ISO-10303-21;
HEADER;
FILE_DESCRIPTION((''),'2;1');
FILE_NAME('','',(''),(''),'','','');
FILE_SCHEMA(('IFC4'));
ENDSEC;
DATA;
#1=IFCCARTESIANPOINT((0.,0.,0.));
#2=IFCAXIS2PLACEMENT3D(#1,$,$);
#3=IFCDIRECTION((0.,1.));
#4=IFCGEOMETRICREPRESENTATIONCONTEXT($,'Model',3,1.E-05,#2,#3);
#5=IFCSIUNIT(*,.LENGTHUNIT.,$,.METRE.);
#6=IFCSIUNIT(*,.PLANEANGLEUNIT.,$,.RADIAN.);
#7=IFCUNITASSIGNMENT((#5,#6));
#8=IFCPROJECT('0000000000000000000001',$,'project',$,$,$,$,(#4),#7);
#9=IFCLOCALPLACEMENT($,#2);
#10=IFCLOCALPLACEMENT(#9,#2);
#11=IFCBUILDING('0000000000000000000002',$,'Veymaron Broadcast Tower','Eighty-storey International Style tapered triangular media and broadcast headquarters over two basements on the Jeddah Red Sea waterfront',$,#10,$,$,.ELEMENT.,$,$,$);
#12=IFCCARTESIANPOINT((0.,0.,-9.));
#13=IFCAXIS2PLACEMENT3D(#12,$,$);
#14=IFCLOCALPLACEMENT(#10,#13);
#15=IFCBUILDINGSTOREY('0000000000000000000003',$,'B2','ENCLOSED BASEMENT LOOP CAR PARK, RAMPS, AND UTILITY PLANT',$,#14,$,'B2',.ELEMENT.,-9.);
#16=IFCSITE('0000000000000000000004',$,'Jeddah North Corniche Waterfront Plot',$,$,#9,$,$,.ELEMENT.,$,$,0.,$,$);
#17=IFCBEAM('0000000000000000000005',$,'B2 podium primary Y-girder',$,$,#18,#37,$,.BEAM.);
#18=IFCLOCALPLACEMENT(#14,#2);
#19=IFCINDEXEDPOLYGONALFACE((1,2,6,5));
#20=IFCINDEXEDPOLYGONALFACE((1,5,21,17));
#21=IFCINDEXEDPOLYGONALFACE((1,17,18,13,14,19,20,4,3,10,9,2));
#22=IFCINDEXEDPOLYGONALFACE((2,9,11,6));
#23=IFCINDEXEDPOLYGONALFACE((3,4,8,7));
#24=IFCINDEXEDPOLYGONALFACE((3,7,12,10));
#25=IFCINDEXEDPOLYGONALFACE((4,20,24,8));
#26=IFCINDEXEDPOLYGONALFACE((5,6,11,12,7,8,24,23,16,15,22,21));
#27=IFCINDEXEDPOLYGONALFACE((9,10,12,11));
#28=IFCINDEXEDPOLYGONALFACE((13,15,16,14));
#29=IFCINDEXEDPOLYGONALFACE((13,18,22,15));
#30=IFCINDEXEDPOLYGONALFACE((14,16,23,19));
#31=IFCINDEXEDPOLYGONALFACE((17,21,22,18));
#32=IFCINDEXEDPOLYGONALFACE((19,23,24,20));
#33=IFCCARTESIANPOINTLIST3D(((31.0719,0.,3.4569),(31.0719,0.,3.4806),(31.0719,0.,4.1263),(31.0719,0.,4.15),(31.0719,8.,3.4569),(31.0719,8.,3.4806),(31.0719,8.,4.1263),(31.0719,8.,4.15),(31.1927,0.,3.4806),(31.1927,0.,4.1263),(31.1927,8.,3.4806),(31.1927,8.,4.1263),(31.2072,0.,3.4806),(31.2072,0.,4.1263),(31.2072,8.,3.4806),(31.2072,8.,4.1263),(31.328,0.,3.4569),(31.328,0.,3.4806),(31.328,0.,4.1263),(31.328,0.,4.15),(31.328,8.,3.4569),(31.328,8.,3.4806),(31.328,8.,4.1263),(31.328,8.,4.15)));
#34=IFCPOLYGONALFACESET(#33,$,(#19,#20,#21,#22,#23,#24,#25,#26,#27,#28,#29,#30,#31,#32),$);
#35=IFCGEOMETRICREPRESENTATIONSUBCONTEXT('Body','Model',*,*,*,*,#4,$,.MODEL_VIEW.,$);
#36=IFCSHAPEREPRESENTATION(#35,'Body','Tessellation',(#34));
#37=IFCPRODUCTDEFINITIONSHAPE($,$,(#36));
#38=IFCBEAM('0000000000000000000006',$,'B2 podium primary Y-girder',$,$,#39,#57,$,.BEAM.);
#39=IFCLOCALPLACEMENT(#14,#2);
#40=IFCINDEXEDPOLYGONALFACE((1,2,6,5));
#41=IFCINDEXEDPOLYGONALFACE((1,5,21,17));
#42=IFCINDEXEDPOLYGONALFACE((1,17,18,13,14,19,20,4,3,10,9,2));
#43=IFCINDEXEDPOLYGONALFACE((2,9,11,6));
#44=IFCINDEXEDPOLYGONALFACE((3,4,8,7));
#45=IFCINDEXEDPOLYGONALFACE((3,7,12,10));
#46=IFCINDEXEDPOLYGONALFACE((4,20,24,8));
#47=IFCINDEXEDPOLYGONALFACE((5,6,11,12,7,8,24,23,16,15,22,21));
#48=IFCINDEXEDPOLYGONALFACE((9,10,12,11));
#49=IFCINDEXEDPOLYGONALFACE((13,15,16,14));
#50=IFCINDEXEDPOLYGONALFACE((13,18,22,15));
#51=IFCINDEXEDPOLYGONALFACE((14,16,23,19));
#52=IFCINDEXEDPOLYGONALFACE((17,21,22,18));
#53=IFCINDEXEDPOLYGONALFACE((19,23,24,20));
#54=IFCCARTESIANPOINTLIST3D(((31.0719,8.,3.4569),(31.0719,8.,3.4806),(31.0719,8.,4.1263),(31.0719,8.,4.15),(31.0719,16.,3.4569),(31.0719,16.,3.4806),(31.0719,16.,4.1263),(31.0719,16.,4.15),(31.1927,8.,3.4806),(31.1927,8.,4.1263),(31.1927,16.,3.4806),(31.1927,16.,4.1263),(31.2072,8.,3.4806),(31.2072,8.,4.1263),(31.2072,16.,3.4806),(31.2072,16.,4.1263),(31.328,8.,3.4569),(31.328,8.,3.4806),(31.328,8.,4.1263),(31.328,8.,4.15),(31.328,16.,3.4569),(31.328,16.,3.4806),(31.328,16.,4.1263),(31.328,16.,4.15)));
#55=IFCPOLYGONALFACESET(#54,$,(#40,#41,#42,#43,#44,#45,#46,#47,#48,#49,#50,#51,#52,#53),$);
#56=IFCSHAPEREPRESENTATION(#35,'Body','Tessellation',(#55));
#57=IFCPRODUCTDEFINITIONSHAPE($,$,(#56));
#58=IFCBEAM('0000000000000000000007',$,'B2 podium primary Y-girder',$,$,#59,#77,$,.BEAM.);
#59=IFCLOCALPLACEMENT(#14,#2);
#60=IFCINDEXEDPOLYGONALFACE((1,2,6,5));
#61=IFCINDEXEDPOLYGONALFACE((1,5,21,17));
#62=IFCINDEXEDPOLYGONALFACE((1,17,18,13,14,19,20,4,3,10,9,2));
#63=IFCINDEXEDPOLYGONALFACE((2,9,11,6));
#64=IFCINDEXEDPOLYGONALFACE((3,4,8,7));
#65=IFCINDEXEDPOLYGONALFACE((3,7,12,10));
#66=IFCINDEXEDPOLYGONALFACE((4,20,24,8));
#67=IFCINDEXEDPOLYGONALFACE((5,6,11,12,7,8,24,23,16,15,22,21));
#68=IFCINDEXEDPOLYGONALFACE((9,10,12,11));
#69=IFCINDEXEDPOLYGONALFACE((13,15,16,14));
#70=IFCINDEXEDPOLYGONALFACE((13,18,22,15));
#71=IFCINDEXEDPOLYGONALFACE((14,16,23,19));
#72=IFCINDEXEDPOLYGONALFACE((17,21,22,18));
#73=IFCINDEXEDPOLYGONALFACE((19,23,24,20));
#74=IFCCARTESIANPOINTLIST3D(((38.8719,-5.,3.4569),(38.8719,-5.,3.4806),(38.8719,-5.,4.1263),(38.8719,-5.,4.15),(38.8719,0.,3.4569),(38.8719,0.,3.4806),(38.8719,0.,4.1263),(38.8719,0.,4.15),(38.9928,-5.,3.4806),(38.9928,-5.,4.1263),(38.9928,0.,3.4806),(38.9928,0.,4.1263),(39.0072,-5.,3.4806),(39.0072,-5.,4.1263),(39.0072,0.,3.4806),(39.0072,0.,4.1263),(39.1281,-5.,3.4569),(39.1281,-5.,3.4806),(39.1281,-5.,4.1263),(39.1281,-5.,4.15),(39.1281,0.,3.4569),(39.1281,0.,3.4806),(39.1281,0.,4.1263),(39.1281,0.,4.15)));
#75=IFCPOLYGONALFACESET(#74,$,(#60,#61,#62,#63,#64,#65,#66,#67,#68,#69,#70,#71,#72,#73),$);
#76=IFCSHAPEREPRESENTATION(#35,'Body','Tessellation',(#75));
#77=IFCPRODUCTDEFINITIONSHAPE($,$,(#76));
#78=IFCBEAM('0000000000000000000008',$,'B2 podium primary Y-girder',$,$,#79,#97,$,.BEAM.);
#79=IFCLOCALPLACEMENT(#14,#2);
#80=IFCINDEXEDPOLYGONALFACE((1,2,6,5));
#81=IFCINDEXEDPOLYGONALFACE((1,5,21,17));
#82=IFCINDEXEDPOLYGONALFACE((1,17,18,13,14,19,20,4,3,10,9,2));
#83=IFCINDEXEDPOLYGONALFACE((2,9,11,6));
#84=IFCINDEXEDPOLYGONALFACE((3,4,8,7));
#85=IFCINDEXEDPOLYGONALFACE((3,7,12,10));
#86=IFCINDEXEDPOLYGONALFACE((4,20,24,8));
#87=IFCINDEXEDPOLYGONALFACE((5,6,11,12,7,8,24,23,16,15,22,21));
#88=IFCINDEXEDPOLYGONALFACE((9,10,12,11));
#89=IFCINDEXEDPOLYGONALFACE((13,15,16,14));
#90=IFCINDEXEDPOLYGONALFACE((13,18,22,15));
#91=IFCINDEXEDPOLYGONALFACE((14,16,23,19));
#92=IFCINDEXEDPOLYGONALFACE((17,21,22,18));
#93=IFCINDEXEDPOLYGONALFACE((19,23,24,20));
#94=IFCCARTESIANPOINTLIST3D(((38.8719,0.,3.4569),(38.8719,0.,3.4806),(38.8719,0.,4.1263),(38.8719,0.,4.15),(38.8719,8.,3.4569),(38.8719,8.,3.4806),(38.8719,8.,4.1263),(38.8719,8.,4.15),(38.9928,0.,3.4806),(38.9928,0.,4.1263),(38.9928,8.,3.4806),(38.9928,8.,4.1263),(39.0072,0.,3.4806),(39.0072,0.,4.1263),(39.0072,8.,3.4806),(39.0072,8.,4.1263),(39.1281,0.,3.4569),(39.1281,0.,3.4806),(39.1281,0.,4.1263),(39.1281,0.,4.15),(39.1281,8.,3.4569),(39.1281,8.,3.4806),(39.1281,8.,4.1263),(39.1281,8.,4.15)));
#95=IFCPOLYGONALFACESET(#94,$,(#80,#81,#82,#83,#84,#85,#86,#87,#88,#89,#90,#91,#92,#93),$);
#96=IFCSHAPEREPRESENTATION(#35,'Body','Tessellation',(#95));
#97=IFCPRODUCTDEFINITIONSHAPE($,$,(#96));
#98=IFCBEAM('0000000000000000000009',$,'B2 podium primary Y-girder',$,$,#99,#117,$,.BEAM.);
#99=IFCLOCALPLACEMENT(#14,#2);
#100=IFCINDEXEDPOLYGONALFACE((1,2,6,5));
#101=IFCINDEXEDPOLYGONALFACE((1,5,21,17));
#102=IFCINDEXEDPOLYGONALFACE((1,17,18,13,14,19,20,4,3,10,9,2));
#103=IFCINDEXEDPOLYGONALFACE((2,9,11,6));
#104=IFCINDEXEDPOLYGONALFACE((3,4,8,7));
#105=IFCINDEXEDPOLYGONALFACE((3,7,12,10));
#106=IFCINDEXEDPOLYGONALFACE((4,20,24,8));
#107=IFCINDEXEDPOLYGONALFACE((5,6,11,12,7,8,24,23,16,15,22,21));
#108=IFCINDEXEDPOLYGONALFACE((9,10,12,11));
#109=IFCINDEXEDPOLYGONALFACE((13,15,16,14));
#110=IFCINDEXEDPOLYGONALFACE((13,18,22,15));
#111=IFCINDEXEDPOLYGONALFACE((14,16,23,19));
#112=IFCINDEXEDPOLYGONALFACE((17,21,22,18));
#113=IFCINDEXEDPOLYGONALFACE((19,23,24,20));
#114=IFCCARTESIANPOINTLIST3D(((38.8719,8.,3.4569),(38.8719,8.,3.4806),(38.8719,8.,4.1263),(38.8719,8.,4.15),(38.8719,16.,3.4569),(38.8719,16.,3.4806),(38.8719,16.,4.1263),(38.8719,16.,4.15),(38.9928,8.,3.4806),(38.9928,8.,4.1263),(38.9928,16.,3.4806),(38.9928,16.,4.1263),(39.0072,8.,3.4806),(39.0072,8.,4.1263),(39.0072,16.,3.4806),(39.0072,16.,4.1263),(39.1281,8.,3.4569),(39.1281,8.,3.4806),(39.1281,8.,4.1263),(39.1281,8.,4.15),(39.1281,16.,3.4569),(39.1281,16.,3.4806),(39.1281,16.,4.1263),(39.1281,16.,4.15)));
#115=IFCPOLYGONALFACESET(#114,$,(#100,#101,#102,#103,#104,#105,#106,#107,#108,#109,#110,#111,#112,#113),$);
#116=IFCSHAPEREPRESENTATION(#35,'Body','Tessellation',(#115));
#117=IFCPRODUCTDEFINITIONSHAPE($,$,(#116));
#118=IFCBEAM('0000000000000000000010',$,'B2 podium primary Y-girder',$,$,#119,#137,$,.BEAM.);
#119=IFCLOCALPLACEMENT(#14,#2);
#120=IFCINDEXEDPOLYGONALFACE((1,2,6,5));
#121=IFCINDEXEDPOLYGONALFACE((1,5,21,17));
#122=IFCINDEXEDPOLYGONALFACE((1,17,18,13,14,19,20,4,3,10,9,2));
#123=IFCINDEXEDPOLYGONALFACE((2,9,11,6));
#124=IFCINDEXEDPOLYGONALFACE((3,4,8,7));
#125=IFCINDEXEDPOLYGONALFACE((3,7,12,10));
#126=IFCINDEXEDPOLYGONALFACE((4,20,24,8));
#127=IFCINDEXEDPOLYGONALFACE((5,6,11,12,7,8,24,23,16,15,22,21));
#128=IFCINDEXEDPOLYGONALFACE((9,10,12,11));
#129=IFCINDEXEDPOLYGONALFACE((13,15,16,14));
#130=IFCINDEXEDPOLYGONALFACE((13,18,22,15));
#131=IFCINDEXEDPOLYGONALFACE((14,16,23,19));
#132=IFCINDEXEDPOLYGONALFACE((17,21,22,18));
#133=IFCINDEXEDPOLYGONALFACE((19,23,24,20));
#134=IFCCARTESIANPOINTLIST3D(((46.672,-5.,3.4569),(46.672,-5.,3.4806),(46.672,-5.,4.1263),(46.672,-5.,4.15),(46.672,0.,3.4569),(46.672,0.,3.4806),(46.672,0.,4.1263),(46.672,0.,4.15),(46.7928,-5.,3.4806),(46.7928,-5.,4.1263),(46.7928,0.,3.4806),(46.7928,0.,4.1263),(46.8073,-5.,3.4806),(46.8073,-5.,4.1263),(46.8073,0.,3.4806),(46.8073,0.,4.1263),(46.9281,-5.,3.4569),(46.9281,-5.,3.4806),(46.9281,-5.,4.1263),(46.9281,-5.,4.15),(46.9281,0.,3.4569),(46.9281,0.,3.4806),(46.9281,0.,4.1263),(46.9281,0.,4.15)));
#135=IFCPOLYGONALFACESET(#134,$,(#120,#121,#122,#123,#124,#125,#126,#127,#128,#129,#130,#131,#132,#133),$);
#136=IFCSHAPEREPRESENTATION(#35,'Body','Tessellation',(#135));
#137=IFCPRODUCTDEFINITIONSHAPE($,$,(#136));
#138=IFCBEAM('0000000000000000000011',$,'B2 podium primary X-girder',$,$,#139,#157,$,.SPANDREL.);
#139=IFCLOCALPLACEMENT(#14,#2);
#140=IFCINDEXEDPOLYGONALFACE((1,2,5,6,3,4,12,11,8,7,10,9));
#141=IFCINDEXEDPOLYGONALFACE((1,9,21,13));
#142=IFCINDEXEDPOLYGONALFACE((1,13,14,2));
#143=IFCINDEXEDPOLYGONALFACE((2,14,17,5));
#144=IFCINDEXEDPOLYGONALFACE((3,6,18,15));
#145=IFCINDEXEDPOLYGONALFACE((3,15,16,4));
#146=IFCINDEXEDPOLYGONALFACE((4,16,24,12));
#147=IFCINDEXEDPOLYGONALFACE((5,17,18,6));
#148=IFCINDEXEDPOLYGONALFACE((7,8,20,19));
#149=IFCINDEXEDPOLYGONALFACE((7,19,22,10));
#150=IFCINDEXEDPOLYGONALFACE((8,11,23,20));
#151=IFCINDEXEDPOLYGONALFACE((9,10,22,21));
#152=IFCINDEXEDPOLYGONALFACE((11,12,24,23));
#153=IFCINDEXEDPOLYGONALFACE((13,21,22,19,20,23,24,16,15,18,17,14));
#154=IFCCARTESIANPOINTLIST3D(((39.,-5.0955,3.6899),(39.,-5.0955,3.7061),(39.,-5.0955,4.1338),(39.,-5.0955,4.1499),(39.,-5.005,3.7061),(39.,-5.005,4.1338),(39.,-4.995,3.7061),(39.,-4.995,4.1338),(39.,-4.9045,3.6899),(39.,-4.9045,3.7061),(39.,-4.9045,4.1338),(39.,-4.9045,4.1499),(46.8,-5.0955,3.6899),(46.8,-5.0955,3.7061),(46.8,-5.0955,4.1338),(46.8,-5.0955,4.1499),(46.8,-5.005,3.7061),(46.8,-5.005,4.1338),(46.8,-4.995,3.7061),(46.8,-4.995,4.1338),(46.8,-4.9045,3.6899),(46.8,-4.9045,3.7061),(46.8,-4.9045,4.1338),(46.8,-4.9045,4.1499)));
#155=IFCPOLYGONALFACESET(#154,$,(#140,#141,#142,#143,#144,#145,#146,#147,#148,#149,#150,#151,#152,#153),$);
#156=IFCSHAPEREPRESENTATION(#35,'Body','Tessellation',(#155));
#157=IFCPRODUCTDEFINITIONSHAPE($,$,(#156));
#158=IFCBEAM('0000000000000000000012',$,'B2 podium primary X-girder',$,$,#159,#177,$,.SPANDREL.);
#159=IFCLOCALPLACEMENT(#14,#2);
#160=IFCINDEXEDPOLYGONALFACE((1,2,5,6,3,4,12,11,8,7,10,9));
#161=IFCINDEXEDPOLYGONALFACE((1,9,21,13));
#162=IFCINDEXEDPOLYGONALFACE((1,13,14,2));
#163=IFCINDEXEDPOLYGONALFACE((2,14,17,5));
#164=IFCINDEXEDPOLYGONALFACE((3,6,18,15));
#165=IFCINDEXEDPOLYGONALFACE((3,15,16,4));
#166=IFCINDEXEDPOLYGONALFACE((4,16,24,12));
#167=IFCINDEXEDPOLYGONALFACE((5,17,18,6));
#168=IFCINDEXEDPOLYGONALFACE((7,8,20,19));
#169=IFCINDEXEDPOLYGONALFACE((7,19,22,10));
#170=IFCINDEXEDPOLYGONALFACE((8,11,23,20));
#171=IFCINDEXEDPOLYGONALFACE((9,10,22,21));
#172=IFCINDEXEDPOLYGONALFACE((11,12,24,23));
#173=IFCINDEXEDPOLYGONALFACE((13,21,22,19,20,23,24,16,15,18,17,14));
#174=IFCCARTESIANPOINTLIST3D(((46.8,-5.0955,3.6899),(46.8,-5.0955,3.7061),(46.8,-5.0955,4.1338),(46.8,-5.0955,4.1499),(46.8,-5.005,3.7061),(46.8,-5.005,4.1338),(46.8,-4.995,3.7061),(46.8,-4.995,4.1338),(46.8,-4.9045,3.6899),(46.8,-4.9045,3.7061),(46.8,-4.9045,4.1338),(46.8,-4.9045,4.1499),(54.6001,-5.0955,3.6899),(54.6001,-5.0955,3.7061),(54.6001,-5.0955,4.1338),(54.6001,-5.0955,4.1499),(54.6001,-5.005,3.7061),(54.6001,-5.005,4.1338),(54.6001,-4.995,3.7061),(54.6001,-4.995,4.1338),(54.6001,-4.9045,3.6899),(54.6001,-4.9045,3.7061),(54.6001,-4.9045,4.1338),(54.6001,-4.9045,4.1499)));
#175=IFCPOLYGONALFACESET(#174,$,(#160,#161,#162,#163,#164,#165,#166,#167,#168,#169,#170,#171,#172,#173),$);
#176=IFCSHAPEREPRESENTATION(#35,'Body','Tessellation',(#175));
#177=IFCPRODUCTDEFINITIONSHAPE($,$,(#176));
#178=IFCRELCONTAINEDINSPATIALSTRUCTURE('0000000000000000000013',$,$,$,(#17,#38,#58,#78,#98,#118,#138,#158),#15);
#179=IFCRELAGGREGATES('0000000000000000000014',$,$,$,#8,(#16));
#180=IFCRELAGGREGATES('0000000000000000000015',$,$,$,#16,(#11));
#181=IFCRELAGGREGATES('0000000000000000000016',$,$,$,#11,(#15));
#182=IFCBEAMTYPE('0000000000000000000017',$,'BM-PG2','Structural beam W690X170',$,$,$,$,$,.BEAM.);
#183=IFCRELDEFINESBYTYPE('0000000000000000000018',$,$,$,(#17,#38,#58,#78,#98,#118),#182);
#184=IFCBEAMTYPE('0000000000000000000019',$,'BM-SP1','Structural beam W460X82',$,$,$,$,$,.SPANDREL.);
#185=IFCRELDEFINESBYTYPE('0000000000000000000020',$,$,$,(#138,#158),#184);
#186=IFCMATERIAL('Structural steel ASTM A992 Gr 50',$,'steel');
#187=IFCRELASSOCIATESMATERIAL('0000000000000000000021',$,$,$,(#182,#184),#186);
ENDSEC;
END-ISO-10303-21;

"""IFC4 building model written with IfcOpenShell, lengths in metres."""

from ifc_helpers import new_model, si_unit, direction, frame, origin, origin_2d, place, context, subcontext, project, spatial, i_section, extrude, material, material_profile, profile_set, type_object, element, save


model = new_model("IFC4")

# Units and contexts
model_context = context("Model", 3, precision=1e-05, world=origin(), true_north=direction((0.0, 1.0)))
body_context = subcontext(model_context, "Body", "Model", "MODEL_VIEW")
ifc_project = project(units=[si_unit("LENGTHUNIT", "METRE"), si_unit("PLANEANGLEUNIT", "RADIAN")], contexts=[model_context])

# Site, building, storey
site_placement = place(None, origin())
site = spatial("IfcSite", under=ifc_project, at=site_placement, Name="Jeddah North Corniche Waterfront Plot", CompositionType="ELEMENT", RefElevation=0.0)
building_placement = place(site_placement, origin())
building = spatial("IfcBuilding", under=site, at=building_placement, Name="Veymaron Broadcast Tower", Description="Eighty-storey International Style tapered triangular media and broadcast headquarters over two basements on the Jeddah Red Sea waterfront", CompositionType="ELEMENT")
storey_placement = place(building_placement, frame((0.0, 0.0, -9.0)))
storey = spatial("IfcBuildingStorey", under=building, at=storey_placement, Name="B2", Description="ENCLOSED BASEMENT LOOP CAR PARK, RAMPS, AND UTILITY PLANT", LongName="B2", CompositionType="ELEMENT", Elevation=-9.0)

# Beams
ifc_material_1 = material(Name="Structural steel ASTM A992 Gr 50", Category="steel")
ifc_material_profile_1 = material_profile(ifc_material_1, i_section(OverallWidth=0.2561, OverallDepth=0.6931, WebThickness=0.0144, FlangeThickness=0.0237, at=origin_2d()), Name="W690X170")
ifc_profile_set_1 = profile_set([ifc_material_profile_1], Name="Structural steel ASTM A992 Gr 50")
beam_type_1 = type_object("IfcBeamType", Name="BM-PG2", Description="Structural beam W690X170", PredefinedType="BEAM", material=ifc_profile_set_1)
for number, where, z_axis, x_axis, name in (
    (1, (31.2, 0.0, 3.8035), (0.0, 1.0, 0.0), (-1.0, 0.0, 0.0), "B2 podium primary Y-girder"),
    (2, (31.2, 8.0, 3.8035), (0.0, 1.0, 0.0), (-1.0, 0.0, 0.0), "B2 podium primary Y-girder"),
):
    element("IfcBeam", number, at=place(storey_placement, frame(where, z_axis=z_axis, x_axis=x_axis)), inside=storey, type_object=beam_type_1, Name=name, PredefinedType="BEAM", context=body_context, shape_type="SweptSolid", body=[
        extrude(i_section(OverallWidth=0.2561, OverallDepth=0.6931, WebThickness=0.0144, FlangeThickness=0.0237, at=origin_2d()), origin(), (0.0, 0.0, 1.0), 8.0),
    ])
beam_1_placement = place(storey_placement, frame((39.0, -5.0, 3.8035), z_axis=(0.0, 1.0, 0.0), x_axis=(-1.0, 0.0, 0.0)))
element("IfcBeam", 3, at=beam_1_placement, inside=storey, type_object=beam_type_1, Name="B2 podium primary Y-girder", PredefinedType="BEAM", context=body_context, shape_type="SweptSolid", body=[
    extrude(i_section(OverallWidth=0.2561, OverallDepth=0.6931, WebThickness=0.0144, FlangeThickness=0.0237, at=origin_2d()), origin(), (0.0, 0.0, 1.0), 5.0),
])
for number, where, z_axis, x_axis, name in (
    (4, (39.0, 0.0, 3.8035), (0.0, 1.0, 0.0), (-1.0, 0.0, 0.0), "B2 podium primary Y-girder"),
    (5, (39.0, 8.0, 3.8035), (0.0, 1.0, 0.0), (-1.0, 0.0, 0.0), "B2 podium primary Y-girder"),
):
    element("IfcBeam", number, at=place(storey_placement, frame(where, z_axis=z_axis, x_axis=x_axis)), inside=storey, type_object=beam_type_1, Name=name, PredefinedType="BEAM", context=body_context, shape_type="SweptSolid", body=[
        extrude(i_section(OverallWidth=0.2561, OverallDepth=0.6931, WebThickness=0.0144, FlangeThickness=0.0237, at=origin_2d()), origin(), (0.0, 0.0, 1.0), 8.0),
    ])
beam_2_placement = place(storey_placement, frame((46.8, -5.0, 3.8035), z_axis=(0.0, 1.0, 0.0), x_axis=(-1.0, 0.0, 0.0)))
element("IfcBeam", 6, at=beam_2_placement, inside=storey, type_object=beam_type_1, Name="B2 podium primary Y-girder", PredefinedType="BEAM", context=body_context, shape_type="SweptSolid", body=[
    extrude(i_section(OverallWidth=0.2561, OverallDepth=0.6931, WebThickness=0.0144, FlangeThickness=0.0237, at=origin_2d()), origin(), (0.0, 0.0, 1.0), 5.0),
])
ifc_material_profile_2 = material_profile(ifc_material_1, i_section(OverallWidth=0.1909, OverallDepth=0.46, WebThickness=0.01, FlangeThickness=0.0161, at=origin_2d()), Name="W460X82")
ifc_profile_set_2 = profile_set([ifc_material_profile_2], Name="Structural steel ASTM A992 Gr 50")
beam_type_2 = type_object("IfcBeamType", Name="BM-SP1", Description="Structural beam W460X82", PredefinedType="SPANDREL", material=ifc_profile_set_2)
for number, where, z_axis, x_axis, name in (
    (7, (39.0, -5.0, 3.9199), (1.0, 0.0, 0.0), (0.0, 1.0, 0.0), "B2 podium primary X-girder"),
    (8, (46.8, -5.0, 3.9199), (1.0, 0.0, 0.0), (0.0, 1.0, 0.0), "B2 podium primary X-girder"),
):
    element("IfcBeam", number, at=place(storey_placement, frame(where, z_axis=z_axis, x_axis=x_axis)), inside=storey, type_object=beam_type_2, Name=name, PredefinedType="SPANDREL", context=body_context, shape_type="SweptSolid", body=[
        extrude(i_section(OverallWidth=0.1909, OverallDepth=0.46, WebThickness=0.01, FlangeThickness=0.0161, at=origin_2d()), origin(), (0.0, 0.0, 1.0), 7.8),
    ])

save(model, "model.ifc")
